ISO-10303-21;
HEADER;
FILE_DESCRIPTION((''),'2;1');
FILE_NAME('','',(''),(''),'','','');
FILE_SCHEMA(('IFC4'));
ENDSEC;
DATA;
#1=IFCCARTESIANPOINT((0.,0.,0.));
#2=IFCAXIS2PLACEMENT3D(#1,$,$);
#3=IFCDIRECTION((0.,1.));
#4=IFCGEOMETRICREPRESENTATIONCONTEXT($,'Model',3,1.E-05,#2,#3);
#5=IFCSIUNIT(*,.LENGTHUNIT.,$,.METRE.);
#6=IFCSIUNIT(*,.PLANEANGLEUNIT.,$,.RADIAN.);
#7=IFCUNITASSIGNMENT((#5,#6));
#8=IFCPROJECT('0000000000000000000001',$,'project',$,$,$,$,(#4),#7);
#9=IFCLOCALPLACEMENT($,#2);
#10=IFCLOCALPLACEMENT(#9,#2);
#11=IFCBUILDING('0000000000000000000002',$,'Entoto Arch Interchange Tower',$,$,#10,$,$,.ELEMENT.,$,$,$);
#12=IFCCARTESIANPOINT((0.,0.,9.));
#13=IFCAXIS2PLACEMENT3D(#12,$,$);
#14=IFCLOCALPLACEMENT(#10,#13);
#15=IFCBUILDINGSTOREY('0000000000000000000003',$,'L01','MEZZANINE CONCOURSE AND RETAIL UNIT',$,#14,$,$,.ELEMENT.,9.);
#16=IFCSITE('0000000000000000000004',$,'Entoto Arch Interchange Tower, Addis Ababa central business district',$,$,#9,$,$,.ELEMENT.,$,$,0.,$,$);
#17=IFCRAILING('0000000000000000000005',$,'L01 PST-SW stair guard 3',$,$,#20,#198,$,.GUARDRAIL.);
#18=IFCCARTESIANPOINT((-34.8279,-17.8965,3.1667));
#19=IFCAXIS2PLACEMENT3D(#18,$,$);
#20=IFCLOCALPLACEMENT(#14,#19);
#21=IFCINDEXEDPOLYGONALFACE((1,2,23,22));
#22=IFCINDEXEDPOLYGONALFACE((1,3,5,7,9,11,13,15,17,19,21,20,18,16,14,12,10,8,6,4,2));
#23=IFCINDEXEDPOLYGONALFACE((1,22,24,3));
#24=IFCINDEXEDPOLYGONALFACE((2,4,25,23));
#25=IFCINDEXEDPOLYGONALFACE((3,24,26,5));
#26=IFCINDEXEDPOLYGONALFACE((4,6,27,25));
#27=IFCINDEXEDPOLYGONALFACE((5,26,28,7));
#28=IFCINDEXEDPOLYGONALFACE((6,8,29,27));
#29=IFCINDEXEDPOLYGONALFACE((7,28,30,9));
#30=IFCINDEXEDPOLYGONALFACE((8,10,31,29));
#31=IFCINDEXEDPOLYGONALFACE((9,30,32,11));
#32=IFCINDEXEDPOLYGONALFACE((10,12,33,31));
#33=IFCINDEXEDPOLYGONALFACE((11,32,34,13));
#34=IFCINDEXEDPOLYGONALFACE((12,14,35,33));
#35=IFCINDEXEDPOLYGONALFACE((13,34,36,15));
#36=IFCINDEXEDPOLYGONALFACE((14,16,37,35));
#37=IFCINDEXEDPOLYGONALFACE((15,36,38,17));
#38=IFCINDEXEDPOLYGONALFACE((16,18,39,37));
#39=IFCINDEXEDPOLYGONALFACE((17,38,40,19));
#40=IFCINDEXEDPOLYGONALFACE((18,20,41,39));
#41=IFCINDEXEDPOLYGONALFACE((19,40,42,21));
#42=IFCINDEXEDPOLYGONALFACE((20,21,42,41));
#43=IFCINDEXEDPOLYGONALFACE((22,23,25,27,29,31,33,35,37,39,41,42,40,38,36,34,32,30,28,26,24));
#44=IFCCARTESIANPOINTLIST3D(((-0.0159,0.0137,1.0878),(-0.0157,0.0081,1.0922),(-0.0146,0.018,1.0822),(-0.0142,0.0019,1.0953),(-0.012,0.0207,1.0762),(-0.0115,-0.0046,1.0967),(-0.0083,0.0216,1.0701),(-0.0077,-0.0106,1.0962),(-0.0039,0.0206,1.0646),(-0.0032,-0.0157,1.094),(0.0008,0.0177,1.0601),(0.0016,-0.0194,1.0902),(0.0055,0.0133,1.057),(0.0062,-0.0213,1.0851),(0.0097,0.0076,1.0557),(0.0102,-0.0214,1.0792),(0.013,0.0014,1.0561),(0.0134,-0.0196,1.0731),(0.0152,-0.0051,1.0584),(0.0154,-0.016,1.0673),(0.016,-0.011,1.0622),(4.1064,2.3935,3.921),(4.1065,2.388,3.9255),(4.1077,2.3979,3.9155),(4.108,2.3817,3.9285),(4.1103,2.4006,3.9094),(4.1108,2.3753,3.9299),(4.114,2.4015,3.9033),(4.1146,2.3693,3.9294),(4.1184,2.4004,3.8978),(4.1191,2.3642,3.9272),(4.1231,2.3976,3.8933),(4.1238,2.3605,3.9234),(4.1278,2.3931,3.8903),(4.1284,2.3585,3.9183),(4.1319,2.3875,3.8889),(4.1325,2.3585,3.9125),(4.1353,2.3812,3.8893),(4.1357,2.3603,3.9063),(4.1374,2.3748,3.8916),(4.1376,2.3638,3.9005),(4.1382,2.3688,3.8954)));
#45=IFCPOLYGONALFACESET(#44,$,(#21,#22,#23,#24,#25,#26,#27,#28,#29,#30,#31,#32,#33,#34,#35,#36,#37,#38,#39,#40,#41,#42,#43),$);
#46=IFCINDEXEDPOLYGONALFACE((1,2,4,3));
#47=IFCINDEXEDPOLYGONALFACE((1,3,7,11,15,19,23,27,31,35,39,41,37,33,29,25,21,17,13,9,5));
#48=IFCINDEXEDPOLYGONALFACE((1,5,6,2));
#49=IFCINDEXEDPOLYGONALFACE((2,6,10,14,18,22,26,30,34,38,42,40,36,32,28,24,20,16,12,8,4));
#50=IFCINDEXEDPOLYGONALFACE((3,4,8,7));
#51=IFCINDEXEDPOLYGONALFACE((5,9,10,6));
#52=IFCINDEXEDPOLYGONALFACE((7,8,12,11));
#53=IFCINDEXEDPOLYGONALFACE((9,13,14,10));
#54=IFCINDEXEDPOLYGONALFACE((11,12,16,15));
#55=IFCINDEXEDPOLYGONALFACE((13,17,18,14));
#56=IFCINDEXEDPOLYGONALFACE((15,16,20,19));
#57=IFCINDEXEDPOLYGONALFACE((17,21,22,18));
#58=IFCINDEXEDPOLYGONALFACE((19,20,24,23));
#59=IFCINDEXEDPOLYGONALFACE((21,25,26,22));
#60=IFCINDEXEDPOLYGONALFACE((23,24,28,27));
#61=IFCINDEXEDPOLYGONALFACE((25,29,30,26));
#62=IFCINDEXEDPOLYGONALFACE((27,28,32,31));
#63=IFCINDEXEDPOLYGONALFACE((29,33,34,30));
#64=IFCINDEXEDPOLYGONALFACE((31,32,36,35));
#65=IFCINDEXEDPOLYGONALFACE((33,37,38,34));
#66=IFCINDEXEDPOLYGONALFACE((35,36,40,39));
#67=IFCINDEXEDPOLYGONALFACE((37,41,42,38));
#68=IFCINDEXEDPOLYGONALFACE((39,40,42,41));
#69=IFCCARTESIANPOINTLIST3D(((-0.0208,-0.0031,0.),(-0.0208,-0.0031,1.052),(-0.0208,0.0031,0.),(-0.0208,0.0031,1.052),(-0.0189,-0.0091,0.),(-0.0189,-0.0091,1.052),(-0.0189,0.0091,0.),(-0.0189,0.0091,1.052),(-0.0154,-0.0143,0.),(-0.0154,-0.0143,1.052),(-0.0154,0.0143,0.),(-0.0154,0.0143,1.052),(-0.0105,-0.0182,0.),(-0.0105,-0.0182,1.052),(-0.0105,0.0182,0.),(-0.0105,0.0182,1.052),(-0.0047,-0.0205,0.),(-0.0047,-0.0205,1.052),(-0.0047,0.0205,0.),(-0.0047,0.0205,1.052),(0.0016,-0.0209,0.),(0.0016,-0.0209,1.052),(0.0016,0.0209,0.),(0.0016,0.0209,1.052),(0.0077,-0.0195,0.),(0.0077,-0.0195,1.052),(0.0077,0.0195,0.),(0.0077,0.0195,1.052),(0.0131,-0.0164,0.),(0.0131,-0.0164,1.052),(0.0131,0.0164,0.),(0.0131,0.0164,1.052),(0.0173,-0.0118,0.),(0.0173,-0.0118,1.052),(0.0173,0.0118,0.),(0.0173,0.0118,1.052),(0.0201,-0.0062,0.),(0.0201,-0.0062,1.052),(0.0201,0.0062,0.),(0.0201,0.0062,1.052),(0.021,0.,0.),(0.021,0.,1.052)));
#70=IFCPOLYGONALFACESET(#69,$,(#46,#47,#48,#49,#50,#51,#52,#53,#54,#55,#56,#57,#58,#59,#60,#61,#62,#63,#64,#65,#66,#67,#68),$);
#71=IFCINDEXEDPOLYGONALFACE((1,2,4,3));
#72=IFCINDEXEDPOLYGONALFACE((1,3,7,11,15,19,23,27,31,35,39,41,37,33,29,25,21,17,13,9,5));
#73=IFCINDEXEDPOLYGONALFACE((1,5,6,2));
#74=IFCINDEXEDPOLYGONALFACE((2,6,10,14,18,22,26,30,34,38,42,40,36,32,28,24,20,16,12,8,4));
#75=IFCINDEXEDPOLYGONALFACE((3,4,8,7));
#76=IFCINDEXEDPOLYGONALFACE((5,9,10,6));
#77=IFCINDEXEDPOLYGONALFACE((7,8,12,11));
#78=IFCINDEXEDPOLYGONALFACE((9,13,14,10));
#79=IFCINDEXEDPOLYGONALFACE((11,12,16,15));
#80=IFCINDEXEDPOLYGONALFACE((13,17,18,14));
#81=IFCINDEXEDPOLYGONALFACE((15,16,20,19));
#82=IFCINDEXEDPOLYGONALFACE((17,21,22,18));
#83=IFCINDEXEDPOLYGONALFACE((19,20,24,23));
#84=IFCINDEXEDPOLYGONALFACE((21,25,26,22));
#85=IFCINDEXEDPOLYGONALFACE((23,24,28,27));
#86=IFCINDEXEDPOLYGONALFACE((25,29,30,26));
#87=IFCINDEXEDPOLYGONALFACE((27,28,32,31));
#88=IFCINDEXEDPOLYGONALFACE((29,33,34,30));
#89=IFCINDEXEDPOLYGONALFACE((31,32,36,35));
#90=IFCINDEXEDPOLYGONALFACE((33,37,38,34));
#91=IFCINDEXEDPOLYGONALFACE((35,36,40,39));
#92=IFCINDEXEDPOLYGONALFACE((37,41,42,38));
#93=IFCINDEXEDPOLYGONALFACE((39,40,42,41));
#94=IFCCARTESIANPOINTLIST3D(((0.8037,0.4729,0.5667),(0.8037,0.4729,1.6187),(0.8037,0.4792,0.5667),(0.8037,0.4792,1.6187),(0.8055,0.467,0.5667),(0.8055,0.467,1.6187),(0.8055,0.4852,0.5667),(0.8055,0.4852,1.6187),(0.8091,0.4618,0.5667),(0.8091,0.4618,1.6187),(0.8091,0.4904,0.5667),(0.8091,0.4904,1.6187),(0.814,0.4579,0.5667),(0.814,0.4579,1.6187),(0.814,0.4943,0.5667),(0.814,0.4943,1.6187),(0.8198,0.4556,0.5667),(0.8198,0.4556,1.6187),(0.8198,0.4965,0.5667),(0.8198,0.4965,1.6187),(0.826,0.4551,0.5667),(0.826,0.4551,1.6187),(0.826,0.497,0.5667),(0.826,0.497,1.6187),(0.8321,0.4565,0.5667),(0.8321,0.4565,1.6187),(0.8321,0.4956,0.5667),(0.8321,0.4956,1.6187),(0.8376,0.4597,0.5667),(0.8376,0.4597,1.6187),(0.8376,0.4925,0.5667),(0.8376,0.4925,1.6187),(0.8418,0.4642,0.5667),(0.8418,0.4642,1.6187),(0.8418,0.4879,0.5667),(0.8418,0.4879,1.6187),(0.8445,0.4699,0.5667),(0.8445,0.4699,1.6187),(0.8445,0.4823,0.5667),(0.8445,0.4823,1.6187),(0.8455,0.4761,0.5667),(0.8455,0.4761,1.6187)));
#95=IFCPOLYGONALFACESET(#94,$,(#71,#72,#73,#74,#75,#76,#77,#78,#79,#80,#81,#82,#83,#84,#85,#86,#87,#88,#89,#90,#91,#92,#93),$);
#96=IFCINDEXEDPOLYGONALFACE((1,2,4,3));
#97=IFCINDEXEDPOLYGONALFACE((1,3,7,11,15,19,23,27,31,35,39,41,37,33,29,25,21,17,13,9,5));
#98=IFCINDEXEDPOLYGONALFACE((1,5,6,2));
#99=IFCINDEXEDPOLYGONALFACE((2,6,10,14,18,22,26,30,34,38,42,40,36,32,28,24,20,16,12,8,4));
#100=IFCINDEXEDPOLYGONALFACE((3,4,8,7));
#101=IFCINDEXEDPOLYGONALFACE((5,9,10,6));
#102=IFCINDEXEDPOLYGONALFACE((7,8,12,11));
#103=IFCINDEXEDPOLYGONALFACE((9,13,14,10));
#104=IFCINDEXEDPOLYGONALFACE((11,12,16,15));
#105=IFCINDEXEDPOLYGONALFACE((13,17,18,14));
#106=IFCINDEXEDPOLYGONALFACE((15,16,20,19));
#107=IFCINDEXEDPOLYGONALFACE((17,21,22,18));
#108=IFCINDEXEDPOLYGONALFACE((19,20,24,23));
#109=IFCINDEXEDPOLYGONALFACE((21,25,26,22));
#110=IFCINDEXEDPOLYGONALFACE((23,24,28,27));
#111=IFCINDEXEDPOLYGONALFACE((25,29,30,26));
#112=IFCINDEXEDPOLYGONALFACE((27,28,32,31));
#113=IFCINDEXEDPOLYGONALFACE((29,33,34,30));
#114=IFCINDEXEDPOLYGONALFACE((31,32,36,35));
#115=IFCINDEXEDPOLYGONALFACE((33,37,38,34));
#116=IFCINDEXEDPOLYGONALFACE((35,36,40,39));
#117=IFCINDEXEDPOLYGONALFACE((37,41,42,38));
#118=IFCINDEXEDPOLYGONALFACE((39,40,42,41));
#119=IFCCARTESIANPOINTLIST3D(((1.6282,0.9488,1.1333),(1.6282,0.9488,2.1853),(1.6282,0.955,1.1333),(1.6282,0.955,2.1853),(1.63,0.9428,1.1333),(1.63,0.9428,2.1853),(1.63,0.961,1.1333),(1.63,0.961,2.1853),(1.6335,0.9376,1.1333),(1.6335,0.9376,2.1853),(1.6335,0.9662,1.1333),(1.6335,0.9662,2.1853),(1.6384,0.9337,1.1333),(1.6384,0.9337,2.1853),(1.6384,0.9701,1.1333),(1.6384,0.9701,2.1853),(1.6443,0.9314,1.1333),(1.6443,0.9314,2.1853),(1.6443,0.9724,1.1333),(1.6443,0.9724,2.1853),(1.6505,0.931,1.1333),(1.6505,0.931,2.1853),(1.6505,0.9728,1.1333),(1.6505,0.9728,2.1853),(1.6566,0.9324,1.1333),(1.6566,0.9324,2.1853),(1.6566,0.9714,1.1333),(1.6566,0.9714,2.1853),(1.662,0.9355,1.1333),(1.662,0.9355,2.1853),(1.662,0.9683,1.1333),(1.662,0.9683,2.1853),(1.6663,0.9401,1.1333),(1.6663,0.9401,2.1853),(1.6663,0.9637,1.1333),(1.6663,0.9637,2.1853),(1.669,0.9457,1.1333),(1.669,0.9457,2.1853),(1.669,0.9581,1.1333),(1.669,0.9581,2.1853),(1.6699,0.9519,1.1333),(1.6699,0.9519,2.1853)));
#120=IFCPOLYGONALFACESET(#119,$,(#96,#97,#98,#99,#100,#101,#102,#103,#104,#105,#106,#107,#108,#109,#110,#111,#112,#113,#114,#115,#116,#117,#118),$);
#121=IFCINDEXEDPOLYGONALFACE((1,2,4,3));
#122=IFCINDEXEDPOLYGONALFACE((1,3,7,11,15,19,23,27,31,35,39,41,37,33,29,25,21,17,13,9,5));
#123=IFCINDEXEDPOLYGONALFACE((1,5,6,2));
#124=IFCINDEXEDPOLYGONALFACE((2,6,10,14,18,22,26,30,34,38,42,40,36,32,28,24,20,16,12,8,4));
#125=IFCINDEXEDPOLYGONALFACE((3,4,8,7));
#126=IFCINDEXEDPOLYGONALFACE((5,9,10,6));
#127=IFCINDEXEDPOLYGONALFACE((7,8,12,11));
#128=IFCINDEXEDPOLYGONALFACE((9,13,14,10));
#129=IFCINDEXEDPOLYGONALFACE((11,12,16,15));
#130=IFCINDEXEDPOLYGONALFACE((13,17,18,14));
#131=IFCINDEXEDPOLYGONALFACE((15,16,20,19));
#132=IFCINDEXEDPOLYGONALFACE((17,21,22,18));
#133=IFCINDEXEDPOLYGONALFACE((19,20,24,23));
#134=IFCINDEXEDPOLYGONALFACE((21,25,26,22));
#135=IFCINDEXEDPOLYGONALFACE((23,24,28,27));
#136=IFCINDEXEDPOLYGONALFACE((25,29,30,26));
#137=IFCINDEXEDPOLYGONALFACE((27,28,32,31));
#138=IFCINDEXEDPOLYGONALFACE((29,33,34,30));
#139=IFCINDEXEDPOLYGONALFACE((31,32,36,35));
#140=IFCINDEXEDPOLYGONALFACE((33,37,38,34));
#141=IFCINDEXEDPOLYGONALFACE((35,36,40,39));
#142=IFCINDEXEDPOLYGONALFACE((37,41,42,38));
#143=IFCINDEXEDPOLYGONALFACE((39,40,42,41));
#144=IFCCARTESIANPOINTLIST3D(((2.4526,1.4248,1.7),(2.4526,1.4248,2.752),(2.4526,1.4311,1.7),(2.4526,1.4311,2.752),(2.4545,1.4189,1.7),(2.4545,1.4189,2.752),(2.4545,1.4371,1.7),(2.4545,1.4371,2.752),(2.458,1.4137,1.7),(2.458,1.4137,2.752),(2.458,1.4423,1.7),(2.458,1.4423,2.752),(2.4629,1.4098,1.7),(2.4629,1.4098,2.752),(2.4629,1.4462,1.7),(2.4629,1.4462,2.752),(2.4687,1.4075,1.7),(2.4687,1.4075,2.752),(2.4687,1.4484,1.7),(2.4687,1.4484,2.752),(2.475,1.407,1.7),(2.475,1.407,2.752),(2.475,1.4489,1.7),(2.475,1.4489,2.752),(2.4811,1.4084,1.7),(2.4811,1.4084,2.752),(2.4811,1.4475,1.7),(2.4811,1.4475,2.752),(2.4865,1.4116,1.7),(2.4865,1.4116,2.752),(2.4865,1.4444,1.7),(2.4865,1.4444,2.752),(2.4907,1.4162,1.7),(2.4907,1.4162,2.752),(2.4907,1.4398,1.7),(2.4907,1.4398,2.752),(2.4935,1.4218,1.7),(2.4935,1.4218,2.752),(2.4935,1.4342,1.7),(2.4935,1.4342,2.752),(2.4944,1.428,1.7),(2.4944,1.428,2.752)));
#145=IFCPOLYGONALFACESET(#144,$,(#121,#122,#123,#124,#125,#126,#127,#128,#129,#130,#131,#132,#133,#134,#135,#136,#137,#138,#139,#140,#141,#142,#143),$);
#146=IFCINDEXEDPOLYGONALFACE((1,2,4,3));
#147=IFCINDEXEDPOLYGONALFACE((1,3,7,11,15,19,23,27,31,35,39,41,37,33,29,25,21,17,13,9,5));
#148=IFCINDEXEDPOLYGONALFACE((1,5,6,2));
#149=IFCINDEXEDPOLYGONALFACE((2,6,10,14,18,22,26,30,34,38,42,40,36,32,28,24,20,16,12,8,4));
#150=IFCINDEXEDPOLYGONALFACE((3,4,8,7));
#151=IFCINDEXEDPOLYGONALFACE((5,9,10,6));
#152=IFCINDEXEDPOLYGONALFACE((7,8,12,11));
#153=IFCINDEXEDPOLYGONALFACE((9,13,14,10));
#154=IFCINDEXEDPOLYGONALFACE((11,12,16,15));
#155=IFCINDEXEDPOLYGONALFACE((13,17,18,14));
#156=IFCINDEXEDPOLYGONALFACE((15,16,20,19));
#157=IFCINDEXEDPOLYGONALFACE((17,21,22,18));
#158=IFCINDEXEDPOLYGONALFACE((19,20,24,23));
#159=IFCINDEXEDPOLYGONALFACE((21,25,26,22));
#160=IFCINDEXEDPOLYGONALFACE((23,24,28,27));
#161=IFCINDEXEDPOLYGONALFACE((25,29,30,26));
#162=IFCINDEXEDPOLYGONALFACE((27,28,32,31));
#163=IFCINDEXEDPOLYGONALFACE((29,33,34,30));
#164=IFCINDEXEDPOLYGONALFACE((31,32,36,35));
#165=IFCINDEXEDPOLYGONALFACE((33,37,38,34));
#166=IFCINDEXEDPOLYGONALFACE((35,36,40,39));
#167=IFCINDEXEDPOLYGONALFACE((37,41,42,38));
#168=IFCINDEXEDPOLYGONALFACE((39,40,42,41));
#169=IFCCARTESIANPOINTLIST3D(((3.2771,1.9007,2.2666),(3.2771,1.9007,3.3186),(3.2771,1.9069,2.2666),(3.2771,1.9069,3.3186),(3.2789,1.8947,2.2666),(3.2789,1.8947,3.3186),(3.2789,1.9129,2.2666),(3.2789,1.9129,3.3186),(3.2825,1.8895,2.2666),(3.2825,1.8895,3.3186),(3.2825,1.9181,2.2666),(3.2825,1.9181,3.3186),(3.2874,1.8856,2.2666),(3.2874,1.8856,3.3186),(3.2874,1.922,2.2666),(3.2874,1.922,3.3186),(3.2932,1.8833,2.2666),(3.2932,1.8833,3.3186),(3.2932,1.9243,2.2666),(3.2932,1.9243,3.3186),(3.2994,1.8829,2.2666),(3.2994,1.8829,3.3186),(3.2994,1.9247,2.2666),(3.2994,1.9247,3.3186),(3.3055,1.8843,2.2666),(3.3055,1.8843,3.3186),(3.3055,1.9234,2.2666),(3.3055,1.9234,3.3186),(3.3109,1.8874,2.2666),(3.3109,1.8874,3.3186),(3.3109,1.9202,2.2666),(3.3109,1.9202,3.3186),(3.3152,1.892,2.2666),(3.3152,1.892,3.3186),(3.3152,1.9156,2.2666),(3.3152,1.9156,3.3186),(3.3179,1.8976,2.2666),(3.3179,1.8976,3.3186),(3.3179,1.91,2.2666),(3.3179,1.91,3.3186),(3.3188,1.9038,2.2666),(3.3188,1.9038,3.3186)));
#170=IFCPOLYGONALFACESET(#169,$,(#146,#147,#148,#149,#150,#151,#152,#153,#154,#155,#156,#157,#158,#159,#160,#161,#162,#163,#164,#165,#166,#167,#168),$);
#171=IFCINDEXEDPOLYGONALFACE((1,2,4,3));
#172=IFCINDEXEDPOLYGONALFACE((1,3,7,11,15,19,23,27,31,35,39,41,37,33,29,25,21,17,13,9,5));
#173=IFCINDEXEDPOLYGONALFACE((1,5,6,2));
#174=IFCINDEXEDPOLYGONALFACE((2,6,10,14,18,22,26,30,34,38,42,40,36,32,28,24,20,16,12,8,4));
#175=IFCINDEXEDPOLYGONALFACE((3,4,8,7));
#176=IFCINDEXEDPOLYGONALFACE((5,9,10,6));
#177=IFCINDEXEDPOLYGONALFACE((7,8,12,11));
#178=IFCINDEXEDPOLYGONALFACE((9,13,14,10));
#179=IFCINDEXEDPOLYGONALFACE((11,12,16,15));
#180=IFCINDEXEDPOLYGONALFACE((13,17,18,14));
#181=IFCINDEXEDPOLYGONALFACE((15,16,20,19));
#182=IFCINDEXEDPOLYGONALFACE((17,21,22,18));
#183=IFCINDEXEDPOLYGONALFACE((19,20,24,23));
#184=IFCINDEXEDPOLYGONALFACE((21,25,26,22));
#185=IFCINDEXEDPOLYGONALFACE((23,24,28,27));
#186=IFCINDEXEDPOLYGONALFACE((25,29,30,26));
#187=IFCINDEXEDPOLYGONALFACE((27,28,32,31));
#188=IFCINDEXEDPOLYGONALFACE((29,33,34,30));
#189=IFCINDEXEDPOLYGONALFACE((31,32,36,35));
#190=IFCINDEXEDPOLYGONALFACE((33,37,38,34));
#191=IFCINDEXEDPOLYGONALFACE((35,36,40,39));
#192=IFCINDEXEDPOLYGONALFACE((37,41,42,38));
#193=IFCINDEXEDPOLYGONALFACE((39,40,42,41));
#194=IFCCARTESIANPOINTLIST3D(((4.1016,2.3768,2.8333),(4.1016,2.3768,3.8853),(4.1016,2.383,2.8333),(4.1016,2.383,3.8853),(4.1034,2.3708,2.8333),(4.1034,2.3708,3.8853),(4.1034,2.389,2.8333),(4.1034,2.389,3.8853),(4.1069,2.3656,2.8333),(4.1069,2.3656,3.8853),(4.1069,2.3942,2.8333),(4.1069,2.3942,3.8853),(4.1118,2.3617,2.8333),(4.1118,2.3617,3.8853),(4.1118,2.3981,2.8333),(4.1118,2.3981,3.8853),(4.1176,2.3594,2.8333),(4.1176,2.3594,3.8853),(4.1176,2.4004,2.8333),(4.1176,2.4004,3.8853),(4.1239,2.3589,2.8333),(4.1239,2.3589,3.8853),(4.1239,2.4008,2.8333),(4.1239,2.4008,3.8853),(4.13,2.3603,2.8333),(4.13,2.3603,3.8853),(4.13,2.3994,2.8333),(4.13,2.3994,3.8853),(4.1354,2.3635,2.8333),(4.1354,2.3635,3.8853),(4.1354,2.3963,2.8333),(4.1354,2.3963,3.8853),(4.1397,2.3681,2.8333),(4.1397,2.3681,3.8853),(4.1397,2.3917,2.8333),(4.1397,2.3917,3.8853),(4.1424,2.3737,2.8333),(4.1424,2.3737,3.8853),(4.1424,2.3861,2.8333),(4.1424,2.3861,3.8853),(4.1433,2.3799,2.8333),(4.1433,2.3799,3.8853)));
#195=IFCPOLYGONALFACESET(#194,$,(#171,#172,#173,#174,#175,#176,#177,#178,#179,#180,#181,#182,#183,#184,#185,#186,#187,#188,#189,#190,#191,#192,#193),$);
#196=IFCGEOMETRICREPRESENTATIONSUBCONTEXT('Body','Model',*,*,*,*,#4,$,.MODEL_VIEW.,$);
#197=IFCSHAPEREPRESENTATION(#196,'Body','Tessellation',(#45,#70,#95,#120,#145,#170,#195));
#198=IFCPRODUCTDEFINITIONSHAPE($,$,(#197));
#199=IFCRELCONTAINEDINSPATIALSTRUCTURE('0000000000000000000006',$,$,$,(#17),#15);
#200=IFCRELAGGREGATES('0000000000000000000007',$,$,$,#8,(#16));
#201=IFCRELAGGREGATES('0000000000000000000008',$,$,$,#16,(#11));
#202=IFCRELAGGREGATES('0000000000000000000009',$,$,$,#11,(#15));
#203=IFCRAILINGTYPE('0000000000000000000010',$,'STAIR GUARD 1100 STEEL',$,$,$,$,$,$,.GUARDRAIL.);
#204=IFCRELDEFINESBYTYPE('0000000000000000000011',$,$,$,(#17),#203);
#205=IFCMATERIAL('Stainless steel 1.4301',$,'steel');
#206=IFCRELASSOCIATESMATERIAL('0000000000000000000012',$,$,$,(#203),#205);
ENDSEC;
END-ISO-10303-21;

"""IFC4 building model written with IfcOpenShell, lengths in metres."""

from ifc_helpers import new_model, si_unit, direction, frame, origin, origin_2d, place, context, subcontext, project, spatial, circle, extrude, material, type_object, element, save


model = new_model("IFC4")

# Units and contexts
model_context = context("Model", 3, precision=1e-05, world=origin(), true_north=direction((0.0, 1.0)))
body_context = subcontext(model_context, "Body", "Model", "MODEL_VIEW")
ifc_project = project(units=[si_unit("LENGTHUNIT", "METRE"), si_unit("PLANEANGLEUNIT", "RADIAN")], contexts=[model_context])

# Site, building, storey
site_placement = place(None, origin())
site = spatial("IfcSite", under=ifc_project, at=site_placement, Name="Entoto Arch Interchange Tower, Addis Ababa central business district", CompositionType="ELEMENT", RefElevation=0.0)
building_placement = place(site_placement, origin())
building = spatial("IfcBuilding", under=site, at=building_placement, Name="Entoto Arch Interchange Tower", CompositionType="ELEMENT")
storey_placement = place(building_placement, frame((0.0, 0.0, 9.0)))
storey = spatial("IfcBuildingStorey", under=building, at=storey_placement, Name="L01", Description="MEZZANINE CONCOURSE AND RETAIL UNIT", CompositionType="ELEMENT", Elevation=9.0)

# Railing
ifc_material_1 = material(Name="Stainless steel 1.4301", Category="steel")
railing_type_1 = type_object("IfcRailingType", Name="STAIR GUARD 1100 STEEL", PredefinedType="GUARDRAIL", material=ifc_material_1)
railing_1_placement = place(storey_placement, frame((-34.8279, -17.8965, 3.1667)))
element("IfcRailing", 1, at=railing_1_placement, inside=storey, type_object=railing_type_1, Name="L01 PST-SW stair guard 3", PredefinedType="GUARDRAIL", context=body_context, shape_type="SweptSolid", body=[
    extrude(circle(Radius=0.0239, at=origin_2d()), frame((0.0, 0.0, 1.0762), z_axis=(0.744185, 0.42963, 0.511475), x_axis=(-0.499978, 0.866038, 0.0)), (0.0, 0.0, 1.0), 5.5393),
    extrude(circle(Radius=0.021, at=origin_2d()), origin(), (0.0, 0.0, 1.0), 1.052),
    extrude(circle(Radius=0.021, at=origin_2d()), frame((0.8245, 0.4761, 0.5667)), (0.0, 0.0, 1.0), 1.052),
    extrude(circle(Radius=0.021, at=origin_2d()), frame((1.6489, 0.9519, 1.1333)), (0.0, 0.0, 1.0), 1.052),
    extrude(circle(Radius=0.021, at=origin_2d()), frame((2.4734, 1.428, 1.7)), (0.0, 0.0, 1.0), 1.052),
    extrude(circle(Radius=0.021, at=origin_2d()), frame((3.2979, 1.9038, 2.2666)), (0.0, 0.0, 1.0), 1.052),
    extrude(circle(Radius=0.021, at=origin_2d()), frame((4.1223, 2.3799, 2.8333)), (0.0, 0.0, 1.0), 1.052),
])

save(model, "model.ifc")
